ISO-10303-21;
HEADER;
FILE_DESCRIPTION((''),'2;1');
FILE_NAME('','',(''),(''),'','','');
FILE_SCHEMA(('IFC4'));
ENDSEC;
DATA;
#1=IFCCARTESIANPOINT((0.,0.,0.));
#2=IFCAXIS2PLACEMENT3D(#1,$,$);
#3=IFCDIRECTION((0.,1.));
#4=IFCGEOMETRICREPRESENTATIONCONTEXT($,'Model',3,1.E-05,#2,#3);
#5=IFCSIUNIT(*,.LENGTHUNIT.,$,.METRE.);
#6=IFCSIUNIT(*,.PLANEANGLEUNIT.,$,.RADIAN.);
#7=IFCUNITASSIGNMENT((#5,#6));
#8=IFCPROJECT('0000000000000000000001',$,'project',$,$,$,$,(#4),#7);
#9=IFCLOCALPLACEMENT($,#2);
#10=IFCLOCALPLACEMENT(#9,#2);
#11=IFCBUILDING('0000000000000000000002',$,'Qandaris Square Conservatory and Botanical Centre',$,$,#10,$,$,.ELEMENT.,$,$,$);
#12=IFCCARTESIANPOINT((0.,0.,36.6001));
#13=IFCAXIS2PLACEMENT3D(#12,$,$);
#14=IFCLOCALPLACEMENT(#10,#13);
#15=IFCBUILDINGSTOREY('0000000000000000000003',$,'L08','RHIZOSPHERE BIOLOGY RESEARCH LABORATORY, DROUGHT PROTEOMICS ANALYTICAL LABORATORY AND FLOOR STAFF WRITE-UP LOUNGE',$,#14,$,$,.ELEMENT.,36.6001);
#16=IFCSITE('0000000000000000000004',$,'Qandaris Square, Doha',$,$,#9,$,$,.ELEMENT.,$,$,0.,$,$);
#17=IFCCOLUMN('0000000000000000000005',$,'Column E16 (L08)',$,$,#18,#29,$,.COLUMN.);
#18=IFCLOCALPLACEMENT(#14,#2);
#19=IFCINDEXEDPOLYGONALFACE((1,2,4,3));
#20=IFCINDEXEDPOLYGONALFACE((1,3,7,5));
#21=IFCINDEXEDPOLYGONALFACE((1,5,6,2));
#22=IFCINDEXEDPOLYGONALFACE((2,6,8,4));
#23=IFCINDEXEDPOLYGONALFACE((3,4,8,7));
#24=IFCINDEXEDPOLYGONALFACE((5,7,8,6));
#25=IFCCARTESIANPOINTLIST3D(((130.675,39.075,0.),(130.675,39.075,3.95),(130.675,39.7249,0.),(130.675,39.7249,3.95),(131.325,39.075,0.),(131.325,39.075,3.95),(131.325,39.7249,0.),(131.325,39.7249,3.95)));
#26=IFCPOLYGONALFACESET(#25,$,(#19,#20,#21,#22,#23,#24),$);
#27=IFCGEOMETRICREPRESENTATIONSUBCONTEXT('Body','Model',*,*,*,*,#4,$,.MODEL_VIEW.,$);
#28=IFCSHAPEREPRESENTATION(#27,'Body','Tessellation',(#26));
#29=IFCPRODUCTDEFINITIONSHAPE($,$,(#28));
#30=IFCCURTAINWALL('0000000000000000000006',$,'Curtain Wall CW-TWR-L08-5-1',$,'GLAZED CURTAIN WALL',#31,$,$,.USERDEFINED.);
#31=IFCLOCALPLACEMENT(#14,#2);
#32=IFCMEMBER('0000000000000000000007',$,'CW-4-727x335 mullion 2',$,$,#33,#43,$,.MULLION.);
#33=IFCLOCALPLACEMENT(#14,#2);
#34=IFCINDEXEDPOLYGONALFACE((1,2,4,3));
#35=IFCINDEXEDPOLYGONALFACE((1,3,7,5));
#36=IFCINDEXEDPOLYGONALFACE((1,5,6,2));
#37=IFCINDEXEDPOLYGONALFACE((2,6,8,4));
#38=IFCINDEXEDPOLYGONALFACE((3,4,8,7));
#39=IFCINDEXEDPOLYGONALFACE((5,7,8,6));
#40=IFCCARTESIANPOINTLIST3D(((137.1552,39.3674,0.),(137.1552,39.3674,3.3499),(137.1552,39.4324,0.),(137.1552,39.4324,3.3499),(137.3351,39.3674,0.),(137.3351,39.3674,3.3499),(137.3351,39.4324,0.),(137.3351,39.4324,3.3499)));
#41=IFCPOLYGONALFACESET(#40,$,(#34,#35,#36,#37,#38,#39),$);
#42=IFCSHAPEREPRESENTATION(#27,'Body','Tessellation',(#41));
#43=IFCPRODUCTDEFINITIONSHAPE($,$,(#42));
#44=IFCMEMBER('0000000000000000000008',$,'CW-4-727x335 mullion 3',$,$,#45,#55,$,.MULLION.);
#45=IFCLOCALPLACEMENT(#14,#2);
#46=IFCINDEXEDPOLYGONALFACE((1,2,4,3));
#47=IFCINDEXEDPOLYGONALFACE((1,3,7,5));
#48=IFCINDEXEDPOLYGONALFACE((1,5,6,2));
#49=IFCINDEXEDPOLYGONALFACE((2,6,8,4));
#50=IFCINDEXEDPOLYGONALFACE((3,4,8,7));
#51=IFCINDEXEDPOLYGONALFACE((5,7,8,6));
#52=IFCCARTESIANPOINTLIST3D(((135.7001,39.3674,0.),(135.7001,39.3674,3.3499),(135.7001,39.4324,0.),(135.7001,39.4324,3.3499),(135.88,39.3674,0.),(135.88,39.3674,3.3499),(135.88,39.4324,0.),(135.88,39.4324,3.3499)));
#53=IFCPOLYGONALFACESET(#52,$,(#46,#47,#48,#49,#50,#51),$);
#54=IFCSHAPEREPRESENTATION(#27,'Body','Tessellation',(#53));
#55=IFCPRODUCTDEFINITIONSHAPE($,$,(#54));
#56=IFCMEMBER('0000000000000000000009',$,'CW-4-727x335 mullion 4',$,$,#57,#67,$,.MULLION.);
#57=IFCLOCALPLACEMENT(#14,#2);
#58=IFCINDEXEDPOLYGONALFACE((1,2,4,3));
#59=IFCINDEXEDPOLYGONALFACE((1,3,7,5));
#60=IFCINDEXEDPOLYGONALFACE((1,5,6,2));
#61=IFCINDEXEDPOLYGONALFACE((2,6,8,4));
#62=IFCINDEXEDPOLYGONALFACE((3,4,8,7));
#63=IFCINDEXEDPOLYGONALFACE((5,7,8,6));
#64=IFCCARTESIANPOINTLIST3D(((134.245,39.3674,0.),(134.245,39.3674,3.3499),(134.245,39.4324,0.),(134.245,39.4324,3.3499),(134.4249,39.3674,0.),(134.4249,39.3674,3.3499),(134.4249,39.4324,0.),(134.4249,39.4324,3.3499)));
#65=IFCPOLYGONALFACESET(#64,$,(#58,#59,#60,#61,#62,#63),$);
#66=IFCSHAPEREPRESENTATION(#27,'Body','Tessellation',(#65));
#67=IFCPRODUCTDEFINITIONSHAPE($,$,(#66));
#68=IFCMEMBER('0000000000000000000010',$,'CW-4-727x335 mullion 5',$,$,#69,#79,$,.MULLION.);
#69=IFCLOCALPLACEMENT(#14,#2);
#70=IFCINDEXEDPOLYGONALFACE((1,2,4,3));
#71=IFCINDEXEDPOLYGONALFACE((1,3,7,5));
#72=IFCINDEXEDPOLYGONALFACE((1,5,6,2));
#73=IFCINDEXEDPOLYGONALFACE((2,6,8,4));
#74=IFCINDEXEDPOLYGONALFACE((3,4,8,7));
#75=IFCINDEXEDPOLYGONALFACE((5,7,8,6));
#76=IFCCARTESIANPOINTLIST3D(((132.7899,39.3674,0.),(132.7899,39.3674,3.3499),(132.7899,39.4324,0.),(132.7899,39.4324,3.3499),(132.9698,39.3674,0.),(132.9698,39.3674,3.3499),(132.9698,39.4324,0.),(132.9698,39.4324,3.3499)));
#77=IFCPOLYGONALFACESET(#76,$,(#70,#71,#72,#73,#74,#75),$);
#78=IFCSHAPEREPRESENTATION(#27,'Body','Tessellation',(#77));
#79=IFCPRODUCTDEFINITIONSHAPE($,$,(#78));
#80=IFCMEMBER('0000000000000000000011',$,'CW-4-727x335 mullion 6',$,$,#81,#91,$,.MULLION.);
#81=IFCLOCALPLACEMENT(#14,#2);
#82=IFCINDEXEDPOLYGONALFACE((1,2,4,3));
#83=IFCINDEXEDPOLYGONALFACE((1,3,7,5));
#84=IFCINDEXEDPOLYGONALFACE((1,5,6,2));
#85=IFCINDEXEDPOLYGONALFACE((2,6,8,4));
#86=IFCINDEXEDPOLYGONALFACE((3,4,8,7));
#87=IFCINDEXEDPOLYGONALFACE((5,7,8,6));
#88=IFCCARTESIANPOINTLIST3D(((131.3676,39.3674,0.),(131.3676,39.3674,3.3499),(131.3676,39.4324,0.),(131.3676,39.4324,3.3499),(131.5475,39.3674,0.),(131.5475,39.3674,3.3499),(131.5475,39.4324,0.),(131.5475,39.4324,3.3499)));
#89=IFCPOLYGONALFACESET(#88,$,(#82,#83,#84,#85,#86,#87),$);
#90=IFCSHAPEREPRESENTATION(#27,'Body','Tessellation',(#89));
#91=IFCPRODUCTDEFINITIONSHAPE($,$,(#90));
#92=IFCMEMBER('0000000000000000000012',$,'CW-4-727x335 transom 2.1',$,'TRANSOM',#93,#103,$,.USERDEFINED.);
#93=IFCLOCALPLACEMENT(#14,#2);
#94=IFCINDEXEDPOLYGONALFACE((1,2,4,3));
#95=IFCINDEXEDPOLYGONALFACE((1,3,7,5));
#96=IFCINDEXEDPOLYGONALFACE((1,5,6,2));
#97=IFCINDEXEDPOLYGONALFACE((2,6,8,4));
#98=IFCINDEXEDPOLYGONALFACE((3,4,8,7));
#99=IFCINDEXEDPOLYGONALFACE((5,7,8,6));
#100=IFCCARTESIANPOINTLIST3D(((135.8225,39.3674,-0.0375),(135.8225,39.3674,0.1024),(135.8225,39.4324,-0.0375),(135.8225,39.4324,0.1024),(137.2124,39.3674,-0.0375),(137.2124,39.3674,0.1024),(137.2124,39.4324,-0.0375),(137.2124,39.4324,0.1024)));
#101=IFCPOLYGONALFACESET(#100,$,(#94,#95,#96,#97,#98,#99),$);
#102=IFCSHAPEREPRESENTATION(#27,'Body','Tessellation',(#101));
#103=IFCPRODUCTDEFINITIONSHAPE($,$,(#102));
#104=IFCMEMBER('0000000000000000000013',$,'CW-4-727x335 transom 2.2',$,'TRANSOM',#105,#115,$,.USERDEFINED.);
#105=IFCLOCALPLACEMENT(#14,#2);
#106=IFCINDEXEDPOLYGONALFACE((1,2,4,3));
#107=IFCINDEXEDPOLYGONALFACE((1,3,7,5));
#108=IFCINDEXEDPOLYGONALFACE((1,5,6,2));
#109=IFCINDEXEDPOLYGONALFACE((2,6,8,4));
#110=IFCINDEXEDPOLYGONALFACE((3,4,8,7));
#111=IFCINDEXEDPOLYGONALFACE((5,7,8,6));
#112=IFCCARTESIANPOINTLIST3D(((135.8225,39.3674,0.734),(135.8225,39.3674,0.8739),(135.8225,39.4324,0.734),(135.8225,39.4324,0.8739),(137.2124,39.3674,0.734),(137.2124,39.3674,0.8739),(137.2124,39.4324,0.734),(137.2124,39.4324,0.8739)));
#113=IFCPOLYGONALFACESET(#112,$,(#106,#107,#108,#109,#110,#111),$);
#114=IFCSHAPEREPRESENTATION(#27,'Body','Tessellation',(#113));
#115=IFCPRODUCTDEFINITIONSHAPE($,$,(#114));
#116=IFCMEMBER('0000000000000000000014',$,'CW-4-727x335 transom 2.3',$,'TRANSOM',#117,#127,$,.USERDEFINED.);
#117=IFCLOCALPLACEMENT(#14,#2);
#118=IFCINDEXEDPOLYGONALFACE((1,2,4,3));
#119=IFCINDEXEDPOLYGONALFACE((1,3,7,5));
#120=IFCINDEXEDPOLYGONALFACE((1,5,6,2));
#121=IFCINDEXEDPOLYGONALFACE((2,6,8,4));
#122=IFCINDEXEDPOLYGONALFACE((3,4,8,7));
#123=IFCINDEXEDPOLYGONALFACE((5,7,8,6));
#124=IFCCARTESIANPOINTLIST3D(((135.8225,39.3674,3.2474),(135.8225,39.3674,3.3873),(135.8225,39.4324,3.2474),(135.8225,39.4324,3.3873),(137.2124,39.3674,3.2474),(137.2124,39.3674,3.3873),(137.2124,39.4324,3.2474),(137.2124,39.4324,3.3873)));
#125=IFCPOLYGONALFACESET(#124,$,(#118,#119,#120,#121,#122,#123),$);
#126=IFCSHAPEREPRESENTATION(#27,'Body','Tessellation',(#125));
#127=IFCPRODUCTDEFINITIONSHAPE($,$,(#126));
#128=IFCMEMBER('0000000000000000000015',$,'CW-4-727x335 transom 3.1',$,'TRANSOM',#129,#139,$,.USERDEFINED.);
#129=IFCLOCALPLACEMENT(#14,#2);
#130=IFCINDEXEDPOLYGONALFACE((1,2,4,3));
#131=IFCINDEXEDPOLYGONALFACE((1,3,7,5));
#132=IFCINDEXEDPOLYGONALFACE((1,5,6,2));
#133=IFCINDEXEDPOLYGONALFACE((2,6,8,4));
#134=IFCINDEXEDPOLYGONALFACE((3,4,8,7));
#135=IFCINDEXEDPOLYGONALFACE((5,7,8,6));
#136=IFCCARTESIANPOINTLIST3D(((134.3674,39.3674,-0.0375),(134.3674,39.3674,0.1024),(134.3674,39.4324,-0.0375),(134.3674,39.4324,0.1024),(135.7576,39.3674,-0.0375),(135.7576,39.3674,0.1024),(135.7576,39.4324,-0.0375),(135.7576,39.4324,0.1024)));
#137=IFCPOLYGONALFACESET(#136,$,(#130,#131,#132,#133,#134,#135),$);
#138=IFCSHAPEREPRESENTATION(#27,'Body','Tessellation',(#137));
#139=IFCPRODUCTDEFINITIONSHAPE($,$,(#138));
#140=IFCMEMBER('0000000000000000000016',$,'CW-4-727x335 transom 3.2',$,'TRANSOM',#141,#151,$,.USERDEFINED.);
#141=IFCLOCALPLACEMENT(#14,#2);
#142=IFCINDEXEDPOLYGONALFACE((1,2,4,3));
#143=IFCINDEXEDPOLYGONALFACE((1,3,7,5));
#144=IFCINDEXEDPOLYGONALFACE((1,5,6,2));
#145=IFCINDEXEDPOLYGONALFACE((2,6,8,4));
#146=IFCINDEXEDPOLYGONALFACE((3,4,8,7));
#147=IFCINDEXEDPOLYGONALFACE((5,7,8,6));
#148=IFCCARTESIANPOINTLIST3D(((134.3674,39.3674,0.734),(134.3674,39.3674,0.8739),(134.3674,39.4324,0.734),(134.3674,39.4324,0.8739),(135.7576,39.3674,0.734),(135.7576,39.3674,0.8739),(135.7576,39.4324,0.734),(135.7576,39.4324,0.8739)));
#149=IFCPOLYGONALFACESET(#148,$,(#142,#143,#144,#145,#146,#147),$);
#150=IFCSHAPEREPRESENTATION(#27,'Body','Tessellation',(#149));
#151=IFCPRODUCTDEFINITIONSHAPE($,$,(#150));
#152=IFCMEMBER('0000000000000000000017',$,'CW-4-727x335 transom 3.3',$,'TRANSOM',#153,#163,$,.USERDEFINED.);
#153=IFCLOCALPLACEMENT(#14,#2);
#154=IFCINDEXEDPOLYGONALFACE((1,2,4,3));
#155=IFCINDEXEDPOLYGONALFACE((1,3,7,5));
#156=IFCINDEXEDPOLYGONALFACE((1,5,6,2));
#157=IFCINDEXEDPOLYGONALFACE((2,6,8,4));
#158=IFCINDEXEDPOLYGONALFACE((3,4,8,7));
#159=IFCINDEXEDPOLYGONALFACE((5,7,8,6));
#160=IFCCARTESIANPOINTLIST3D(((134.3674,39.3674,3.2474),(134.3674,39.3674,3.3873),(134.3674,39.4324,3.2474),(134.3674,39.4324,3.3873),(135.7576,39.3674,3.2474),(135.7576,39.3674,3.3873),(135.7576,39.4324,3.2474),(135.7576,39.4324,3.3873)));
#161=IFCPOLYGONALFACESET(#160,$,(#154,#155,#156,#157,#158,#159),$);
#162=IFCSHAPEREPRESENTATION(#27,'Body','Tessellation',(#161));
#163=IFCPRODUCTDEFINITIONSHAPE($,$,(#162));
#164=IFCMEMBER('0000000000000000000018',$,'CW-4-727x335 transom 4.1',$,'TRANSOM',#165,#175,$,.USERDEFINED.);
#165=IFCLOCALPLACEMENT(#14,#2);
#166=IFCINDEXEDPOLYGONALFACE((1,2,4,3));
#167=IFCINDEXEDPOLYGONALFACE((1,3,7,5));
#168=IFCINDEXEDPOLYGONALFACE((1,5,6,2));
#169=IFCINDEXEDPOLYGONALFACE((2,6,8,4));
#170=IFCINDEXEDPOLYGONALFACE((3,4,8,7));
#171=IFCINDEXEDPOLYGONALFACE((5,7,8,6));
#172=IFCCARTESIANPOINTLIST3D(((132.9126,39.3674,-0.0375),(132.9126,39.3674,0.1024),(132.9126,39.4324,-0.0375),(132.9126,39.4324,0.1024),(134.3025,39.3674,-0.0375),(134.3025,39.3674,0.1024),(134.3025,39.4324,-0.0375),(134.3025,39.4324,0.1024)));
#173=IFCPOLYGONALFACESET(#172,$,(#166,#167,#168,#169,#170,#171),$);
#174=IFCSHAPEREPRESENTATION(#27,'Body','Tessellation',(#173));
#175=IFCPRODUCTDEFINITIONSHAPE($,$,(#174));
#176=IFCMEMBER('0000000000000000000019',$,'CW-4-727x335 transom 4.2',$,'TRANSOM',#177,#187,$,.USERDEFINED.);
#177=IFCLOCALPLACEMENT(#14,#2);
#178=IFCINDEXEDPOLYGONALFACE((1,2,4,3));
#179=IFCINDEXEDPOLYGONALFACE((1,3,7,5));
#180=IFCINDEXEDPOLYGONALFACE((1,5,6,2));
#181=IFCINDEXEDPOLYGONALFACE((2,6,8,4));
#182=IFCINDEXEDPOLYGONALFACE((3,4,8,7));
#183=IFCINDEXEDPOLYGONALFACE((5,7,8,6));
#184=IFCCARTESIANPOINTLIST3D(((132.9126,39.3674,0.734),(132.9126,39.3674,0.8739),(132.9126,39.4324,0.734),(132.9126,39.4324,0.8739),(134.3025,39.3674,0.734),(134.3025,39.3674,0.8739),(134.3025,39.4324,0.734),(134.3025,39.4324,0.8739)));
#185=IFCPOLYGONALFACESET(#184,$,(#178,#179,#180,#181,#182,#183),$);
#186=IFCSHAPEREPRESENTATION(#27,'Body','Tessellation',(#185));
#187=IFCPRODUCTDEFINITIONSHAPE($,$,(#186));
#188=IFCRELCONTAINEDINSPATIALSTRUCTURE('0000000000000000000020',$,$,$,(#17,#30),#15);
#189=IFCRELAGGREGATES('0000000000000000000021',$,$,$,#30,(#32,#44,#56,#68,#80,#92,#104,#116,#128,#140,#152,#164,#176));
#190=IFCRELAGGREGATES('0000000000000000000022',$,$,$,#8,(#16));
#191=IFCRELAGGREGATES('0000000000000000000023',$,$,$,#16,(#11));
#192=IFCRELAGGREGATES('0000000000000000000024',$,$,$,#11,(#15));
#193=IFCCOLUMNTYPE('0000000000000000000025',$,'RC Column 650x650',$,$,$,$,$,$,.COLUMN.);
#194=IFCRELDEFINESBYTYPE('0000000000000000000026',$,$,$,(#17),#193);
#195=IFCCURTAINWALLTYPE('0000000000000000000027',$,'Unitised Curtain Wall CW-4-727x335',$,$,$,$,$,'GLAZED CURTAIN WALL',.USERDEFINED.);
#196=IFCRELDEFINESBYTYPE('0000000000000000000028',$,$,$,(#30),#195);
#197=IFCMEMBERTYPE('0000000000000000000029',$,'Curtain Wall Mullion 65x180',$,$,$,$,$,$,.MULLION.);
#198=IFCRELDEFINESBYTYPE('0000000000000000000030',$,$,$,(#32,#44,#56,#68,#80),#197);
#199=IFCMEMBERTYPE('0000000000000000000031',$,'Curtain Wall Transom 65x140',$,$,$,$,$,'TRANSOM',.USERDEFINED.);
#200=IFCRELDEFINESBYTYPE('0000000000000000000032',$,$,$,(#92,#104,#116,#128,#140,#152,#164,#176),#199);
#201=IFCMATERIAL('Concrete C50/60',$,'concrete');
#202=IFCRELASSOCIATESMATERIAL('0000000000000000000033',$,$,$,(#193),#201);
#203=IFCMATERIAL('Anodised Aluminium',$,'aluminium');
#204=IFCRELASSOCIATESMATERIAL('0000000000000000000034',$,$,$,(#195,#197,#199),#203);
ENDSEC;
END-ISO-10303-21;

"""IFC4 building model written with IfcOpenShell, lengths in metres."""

from ifc_helpers import new_model, si_unit, direction, frame, origin, origin_2d, place, context, subcontext, project, spatial, rectangle, extrude, material, material_profile, profile_set, type_object, element, aggregate, save


model = new_model("IFC4")

# Units and contexts
model_context = context("Model", 3, precision=1e-05, world=origin(), true_north=direction((0.0, 1.0)))
body_context = subcontext(model_context, "Body", "Model", "MODEL_VIEW")
ifc_project = project(units=[si_unit("LENGTHUNIT", "METRE"), si_unit("PLANEANGLEUNIT", "RADIAN")], contexts=[model_context])

# Site, building, storey
site_placement = place(None, origin())
site = spatial("IfcSite", under=ifc_project, at=site_placement, Name="Qandaris Square, Doha", CompositionType="ELEMENT", RefElevation=0.0)
building_placement = place(site_placement, origin())
building = spatial("IfcBuilding", under=site, at=building_placement, Name="Qandaris Square Conservatory and Botanical Centre", CompositionType="ELEMENT")
storey_placement = place(building_placement, frame((0.0, 0.0, 36.6001)))
storey = spatial("IfcBuildingStorey", under=building, at=storey_placement, Name="L08", Description="RHIZOSPHERE BIOLOGY RESEARCH LABORATORY, DROUGHT PROTEOMICS ANALYTICAL LABORATORY AND FLOOR STAFF WRITE-UP LOUNGE", CompositionType="ELEMENT", Elevation=36.6001)

# Column
ifc_material_1 = material(Name="Concrete C50/60", Category="concrete")
ifc_material_profile_1 = material_profile(ifc_material_1, rectangle(XDim=0.6499, YDim=0.6499, at=origin_2d()), Name="RC-COL 650x650")
ifc_profile_set_1 = profile_set([ifc_material_profile_1], Name="Concrete C50/60")
column_type = type_object("IfcColumnType", Name="RC Column 650x650", PredefinedType="COLUMN", material=ifc_profile_set_1)
column_placement = place(storey_placement, frame((131.0, 39.3999, 0.0), z_axis=(0.0, 0.0, 1.0), x_axis=(1.0, 0.0, 0.0)))
element("IfcColumn", 1, at=column_placement, inside=storey, type_object=column_type, Name="Column E16 (L08)", PredefinedType="COLUMN", context=body_context, shape_type="SweptSolid", body=[
    extrude(rectangle(XDim=0.6499, YDim=0.6499, at=origin_2d()), origin(), (0.0, 0.0, 1.0), 3.95),
])

# Curtain wall, members
ifc_material_2 = material(Name="Anodised Aluminium", Category="aluminium")
curtain_wall_type = type_object("IfcCurtainWallType", Name="Unitised Curtain Wall CW-4-727x335", ElementType="GLAZED CURTAIN WALL", PredefinedType="USERDEFINED", material=ifc_material_2)
curtain_wall_placement = place(storey_placement, origin())
curtain_wall = element("IfcCurtainWall", 2, at=curtain_wall_placement, inside=storey, type_object=curtain_wall_type, Name="Curtain Wall CW-TWR-L08-5-1", ObjectType="GLAZED CURTAIN WALL", PredefinedType="USERDEFINED")
ifc_material_profile_2 = material_profile(ifc_material_2, rectangle(XDim=0.0649, YDim=0.1799, at=origin_2d()), Name="ALU-MUL 65x180")
ifc_profile_set_2 = profile_set([ifc_material_profile_2], Name="Anodised Aluminium")
member_type_1 = type_object("IfcMemberType", Name="Curtain Wall Mullion 65x180", PredefinedType="MULLION", material=ifc_profile_set_2)
member_1_placement = place(storey_placement, frame((137.2451, 39.3999, 0.0), z_axis=(0.0, 0.0, 1.0), x_axis=(0.0, -1.0, 0.0)))
member_1 = element("IfcMember", 3, at=member_1_placement, type_object=member_type_1, Name="CW-4-727x335 mullion 2", PredefinedType="MULLION", context=body_context, shape_type="SweptSolid", body=[
    extrude(rectangle(XDim=0.0649, YDim=0.1799, at=origin_2d()), origin(), (0.0, 0.0, 1.0), 3.3499),
])
member_2_placement = place(storey_placement, frame((135.79, 39.3999, 0.0), z_axis=(0.0, 0.0, 1.0), x_axis=(0.0, -1.0, 0.0)))
member_2 = element("IfcMember", 4, at=member_2_placement, type_object=member_type_1, Name="CW-4-727x335 mullion 3", PredefinedType="MULLION", context=body_context, shape_type="SweptSolid", body=[
    extrude(rectangle(XDim=0.0649, YDim=0.1799, at=origin_2d()), origin(), (0.0, 0.0, 1.0), 3.3499),
])
member_3_placement = place(storey_placement, frame((134.335, 39.3999, 0.0), z_axis=(0.0, 0.0, 1.0), x_axis=(0.0, -1.0, 0.0)))
member_3 = element("IfcMember", 5, at=member_3_placement, type_object=member_type_1, Name="CW-4-727x335 mullion 4", PredefinedType="MULLION", context=body_context, shape_type="SweptSolid", body=[
    extrude(rectangle(XDim=0.0649, YDim=0.1799, at=origin_2d()), origin(), (0.0, 0.0, 1.0), 3.3499),
])
member_4_placement = place(storey_placement, frame((132.8799, 39.3999, 0.0), z_axis=(0.0, 0.0, 1.0), x_axis=(0.0, -1.0, 0.0)))
member_4 = element("IfcMember", 6, at=member_4_placement, type_object=member_type_1, Name="CW-4-727x335 mullion 5", PredefinedType="MULLION", context=body_context, shape_type="SweptSolid", body=[
    extrude(rectangle(XDim=0.0649, YDim=0.1799, at=origin_2d()), origin(), (0.0, 0.0, 1.0), 3.3499),
])
member_5_placement = place(storey_placement, frame((131.4575, 39.3999, 0.0), z_axis=(0.0, 0.0, 1.0), x_axis=(0.0, -1.0, 0.0)))
member_5 = element("IfcMember", 7, at=member_5_placement, type_object=member_type_1, Name="CW-4-727x335 mullion 6", PredefinedType="MULLION", context=body_context, shape_type="SweptSolid", body=[
    extrude(rectangle(XDim=0.0649, YDim=0.1799, at=origin_2d()), origin(), (0.0, 0.0, 1.0), 3.3499),
])
ifc_material_profile_3 = material_profile(ifc_material_2, rectangle(XDim=0.0649, YDim=0.1399, at=origin_2d()), Name="ALU-TRN 65x140")
ifc_profile_set_3 = profile_set([ifc_material_profile_3], Name="Anodised Aluminium")
member_type_2 = type_object("IfcMemberType", Name="Curtain Wall Transom 65x140", ElementType="TRANSOM", PredefinedType="USERDEFINED", material=ifc_profile_set_3)
member_6_placement = place(storey_placement, frame((137.2124, 39.3999, 0.0325), z_axis=(-1.0, 0.0, 0.0), x_axis=(0.0, -1.0, 0.0)))
member_6 = element("IfcMember", 8, at=member_6_placement, type_object=member_type_2, Name="CW-4-727x335 transom 2.1", ObjectType="TRANSOM", PredefinedType="USERDEFINED", context=body_context, shape_type="SweptSolid", body=[
    extrude(rectangle(XDim=0.0649, YDim=0.1399, at=origin_2d()), origin(), (0.0, 0.0, 1.0), 1.3899),
])
member_7_placement = place(storey_placement, frame((137.2124, 39.3999, 0.804), z_axis=(-1.0, 0.0, 0.0), x_axis=(0.0, -1.0, 0.0)))
member_7 = element("IfcMember", 9, at=member_7_placement, type_object=member_type_2, Name="CW-4-727x335 transom 2.2", ObjectType="TRANSOM", PredefinedType="USERDEFINED", context=body_context, shape_type="SweptSolid", body=[
    extrude(rectangle(XDim=0.0649, YDim=0.1399, at=origin_2d()), origin(), (0.0, 0.0, 1.0), 1.3899),
])
member_8_placement = place(storey_placement, frame((137.2124, 39.3999, 3.3174), z_axis=(-1.0, 0.0, 0.0), x_axis=(0.0, -1.0, 0.0)))
member_8 = element("IfcMember", 10, at=member_8_placement, type_object=member_type_2, Name="CW-4-727x335 transom 2.3", ObjectType="TRANSOM", PredefinedType="USERDEFINED", context=body_context, shape_type="SweptSolid", body=[
    extrude(rectangle(XDim=0.0649, YDim=0.1399, at=origin_2d()), origin(), (0.0, 0.0, 1.0), 1.3899),
])
member_9_placement = place(storey_placement, frame((135.7576, 39.3999, 0.0325), z_axis=(-1.0, 0.0, 0.0), x_axis=(0.0, -1.0, 0.0)))
member_9 = element("IfcMember", 11, at=member_9_placement, type_object=member_type_2, Name="CW-4-727x335 transom 3.1", ObjectType="TRANSOM", PredefinedType="USERDEFINED", context=body_context, shape_type="SweptSolid", body=[
    extrude(rectangle(XDim=0.0649, YDim=0.1399, at=origin_2d()), origin(), (0.0, 0.0, 1.0), 1.3901),
])
member_10_placement = place(storey_placement, frame((135.7576, 39.3999, 0.804), z_axis=(-1.0, 0.0, 0.0), x_axis=(0.0, -1.0, 0.0)))
member_10 = element("IfcMember", 12, at=member_10_placement, type_object=member_type_2, Name="CW-4-727x335 transom 3.2", ObjectType="TRANSOM", PredefinedType="USERDEFINED", context=body_context, shape_type="SweptSolid", body=[
    extrude(rectangle(XDim=0.0649, YDim=0.1399, at=origin_2d()), origin(), (0.0, 0.0, 1.0), 1.3901),
])
member_11_placement = place(storey_placement, frame((135.7576, 39.3999, 3.3174), z_axis=(-1.0, 0.0, 0.0), x_axis=(0.0, -1.0, 0.0)))
member_11 = element("IfcMember", 13, at=member_11_placement, type_object=member_type_2, Name="CW-4-727x335 transom 3.3", ObjectType="TRANSOM", PredefinedType="USERDEFINED", context=body_context, shape_type="SweptSolid", body=[
    extrude(rectangle(XDim=0.0649, YDim=0.1399, at=origin_2d()), origin(), (0.0, 0.0, 1.0), 1.3901),
])
member_12_placement = place(storey_placement, frame((134.3025, 39.3999, 0.0325), z_axis=(-1.0, 0.0, 0.0), x_axis=(0.0, -1.0, 0.0)))
member_12 = element("IfcMember", 14, at=member_12_placement, type_object=member_type_2, Name="CW-4-727x335 transom 4.1", ObjectType="TRANSOM", PredefinedType="USERDEFINED", context=body_context, shape_type="SweptSolid", body=[
    extrude(rectangle(XDim=0.0649, YDim=0.1399, at=origin_2d()), origin(), (0.0, 0.0, 1.0), 1.3899),
])
member_13_placement = place(storey_placement, frame((134.3025, 39.3999, 0.804), z_axis=(-1.0, 0.0, 0.0), x_axis=(0.0, -1.0, 0.0)))
member_13 = element("IfcMember", 15, at=member_13_placement, type_object=member_type_2, Name="CW-4-727x335 transom 4.2", ObjectType="TRANSOM", PredefinedType="USERDEFINED", context=body_context, shape_type="SweptSolid", body=[
    extrude(rectangle(XDim=0.0649, YDim=0.1399, at=origin_2d()), origin(), (0.0, 0.0, 1.0), 1.3899),
])

aggregate(curtain_wall, [member_1, member_2, member_3, member_4, member_5, member_6, member_7, member_8, member_9, member_10, member_11, member_12, member_13])

save(model, "model.ifc")
